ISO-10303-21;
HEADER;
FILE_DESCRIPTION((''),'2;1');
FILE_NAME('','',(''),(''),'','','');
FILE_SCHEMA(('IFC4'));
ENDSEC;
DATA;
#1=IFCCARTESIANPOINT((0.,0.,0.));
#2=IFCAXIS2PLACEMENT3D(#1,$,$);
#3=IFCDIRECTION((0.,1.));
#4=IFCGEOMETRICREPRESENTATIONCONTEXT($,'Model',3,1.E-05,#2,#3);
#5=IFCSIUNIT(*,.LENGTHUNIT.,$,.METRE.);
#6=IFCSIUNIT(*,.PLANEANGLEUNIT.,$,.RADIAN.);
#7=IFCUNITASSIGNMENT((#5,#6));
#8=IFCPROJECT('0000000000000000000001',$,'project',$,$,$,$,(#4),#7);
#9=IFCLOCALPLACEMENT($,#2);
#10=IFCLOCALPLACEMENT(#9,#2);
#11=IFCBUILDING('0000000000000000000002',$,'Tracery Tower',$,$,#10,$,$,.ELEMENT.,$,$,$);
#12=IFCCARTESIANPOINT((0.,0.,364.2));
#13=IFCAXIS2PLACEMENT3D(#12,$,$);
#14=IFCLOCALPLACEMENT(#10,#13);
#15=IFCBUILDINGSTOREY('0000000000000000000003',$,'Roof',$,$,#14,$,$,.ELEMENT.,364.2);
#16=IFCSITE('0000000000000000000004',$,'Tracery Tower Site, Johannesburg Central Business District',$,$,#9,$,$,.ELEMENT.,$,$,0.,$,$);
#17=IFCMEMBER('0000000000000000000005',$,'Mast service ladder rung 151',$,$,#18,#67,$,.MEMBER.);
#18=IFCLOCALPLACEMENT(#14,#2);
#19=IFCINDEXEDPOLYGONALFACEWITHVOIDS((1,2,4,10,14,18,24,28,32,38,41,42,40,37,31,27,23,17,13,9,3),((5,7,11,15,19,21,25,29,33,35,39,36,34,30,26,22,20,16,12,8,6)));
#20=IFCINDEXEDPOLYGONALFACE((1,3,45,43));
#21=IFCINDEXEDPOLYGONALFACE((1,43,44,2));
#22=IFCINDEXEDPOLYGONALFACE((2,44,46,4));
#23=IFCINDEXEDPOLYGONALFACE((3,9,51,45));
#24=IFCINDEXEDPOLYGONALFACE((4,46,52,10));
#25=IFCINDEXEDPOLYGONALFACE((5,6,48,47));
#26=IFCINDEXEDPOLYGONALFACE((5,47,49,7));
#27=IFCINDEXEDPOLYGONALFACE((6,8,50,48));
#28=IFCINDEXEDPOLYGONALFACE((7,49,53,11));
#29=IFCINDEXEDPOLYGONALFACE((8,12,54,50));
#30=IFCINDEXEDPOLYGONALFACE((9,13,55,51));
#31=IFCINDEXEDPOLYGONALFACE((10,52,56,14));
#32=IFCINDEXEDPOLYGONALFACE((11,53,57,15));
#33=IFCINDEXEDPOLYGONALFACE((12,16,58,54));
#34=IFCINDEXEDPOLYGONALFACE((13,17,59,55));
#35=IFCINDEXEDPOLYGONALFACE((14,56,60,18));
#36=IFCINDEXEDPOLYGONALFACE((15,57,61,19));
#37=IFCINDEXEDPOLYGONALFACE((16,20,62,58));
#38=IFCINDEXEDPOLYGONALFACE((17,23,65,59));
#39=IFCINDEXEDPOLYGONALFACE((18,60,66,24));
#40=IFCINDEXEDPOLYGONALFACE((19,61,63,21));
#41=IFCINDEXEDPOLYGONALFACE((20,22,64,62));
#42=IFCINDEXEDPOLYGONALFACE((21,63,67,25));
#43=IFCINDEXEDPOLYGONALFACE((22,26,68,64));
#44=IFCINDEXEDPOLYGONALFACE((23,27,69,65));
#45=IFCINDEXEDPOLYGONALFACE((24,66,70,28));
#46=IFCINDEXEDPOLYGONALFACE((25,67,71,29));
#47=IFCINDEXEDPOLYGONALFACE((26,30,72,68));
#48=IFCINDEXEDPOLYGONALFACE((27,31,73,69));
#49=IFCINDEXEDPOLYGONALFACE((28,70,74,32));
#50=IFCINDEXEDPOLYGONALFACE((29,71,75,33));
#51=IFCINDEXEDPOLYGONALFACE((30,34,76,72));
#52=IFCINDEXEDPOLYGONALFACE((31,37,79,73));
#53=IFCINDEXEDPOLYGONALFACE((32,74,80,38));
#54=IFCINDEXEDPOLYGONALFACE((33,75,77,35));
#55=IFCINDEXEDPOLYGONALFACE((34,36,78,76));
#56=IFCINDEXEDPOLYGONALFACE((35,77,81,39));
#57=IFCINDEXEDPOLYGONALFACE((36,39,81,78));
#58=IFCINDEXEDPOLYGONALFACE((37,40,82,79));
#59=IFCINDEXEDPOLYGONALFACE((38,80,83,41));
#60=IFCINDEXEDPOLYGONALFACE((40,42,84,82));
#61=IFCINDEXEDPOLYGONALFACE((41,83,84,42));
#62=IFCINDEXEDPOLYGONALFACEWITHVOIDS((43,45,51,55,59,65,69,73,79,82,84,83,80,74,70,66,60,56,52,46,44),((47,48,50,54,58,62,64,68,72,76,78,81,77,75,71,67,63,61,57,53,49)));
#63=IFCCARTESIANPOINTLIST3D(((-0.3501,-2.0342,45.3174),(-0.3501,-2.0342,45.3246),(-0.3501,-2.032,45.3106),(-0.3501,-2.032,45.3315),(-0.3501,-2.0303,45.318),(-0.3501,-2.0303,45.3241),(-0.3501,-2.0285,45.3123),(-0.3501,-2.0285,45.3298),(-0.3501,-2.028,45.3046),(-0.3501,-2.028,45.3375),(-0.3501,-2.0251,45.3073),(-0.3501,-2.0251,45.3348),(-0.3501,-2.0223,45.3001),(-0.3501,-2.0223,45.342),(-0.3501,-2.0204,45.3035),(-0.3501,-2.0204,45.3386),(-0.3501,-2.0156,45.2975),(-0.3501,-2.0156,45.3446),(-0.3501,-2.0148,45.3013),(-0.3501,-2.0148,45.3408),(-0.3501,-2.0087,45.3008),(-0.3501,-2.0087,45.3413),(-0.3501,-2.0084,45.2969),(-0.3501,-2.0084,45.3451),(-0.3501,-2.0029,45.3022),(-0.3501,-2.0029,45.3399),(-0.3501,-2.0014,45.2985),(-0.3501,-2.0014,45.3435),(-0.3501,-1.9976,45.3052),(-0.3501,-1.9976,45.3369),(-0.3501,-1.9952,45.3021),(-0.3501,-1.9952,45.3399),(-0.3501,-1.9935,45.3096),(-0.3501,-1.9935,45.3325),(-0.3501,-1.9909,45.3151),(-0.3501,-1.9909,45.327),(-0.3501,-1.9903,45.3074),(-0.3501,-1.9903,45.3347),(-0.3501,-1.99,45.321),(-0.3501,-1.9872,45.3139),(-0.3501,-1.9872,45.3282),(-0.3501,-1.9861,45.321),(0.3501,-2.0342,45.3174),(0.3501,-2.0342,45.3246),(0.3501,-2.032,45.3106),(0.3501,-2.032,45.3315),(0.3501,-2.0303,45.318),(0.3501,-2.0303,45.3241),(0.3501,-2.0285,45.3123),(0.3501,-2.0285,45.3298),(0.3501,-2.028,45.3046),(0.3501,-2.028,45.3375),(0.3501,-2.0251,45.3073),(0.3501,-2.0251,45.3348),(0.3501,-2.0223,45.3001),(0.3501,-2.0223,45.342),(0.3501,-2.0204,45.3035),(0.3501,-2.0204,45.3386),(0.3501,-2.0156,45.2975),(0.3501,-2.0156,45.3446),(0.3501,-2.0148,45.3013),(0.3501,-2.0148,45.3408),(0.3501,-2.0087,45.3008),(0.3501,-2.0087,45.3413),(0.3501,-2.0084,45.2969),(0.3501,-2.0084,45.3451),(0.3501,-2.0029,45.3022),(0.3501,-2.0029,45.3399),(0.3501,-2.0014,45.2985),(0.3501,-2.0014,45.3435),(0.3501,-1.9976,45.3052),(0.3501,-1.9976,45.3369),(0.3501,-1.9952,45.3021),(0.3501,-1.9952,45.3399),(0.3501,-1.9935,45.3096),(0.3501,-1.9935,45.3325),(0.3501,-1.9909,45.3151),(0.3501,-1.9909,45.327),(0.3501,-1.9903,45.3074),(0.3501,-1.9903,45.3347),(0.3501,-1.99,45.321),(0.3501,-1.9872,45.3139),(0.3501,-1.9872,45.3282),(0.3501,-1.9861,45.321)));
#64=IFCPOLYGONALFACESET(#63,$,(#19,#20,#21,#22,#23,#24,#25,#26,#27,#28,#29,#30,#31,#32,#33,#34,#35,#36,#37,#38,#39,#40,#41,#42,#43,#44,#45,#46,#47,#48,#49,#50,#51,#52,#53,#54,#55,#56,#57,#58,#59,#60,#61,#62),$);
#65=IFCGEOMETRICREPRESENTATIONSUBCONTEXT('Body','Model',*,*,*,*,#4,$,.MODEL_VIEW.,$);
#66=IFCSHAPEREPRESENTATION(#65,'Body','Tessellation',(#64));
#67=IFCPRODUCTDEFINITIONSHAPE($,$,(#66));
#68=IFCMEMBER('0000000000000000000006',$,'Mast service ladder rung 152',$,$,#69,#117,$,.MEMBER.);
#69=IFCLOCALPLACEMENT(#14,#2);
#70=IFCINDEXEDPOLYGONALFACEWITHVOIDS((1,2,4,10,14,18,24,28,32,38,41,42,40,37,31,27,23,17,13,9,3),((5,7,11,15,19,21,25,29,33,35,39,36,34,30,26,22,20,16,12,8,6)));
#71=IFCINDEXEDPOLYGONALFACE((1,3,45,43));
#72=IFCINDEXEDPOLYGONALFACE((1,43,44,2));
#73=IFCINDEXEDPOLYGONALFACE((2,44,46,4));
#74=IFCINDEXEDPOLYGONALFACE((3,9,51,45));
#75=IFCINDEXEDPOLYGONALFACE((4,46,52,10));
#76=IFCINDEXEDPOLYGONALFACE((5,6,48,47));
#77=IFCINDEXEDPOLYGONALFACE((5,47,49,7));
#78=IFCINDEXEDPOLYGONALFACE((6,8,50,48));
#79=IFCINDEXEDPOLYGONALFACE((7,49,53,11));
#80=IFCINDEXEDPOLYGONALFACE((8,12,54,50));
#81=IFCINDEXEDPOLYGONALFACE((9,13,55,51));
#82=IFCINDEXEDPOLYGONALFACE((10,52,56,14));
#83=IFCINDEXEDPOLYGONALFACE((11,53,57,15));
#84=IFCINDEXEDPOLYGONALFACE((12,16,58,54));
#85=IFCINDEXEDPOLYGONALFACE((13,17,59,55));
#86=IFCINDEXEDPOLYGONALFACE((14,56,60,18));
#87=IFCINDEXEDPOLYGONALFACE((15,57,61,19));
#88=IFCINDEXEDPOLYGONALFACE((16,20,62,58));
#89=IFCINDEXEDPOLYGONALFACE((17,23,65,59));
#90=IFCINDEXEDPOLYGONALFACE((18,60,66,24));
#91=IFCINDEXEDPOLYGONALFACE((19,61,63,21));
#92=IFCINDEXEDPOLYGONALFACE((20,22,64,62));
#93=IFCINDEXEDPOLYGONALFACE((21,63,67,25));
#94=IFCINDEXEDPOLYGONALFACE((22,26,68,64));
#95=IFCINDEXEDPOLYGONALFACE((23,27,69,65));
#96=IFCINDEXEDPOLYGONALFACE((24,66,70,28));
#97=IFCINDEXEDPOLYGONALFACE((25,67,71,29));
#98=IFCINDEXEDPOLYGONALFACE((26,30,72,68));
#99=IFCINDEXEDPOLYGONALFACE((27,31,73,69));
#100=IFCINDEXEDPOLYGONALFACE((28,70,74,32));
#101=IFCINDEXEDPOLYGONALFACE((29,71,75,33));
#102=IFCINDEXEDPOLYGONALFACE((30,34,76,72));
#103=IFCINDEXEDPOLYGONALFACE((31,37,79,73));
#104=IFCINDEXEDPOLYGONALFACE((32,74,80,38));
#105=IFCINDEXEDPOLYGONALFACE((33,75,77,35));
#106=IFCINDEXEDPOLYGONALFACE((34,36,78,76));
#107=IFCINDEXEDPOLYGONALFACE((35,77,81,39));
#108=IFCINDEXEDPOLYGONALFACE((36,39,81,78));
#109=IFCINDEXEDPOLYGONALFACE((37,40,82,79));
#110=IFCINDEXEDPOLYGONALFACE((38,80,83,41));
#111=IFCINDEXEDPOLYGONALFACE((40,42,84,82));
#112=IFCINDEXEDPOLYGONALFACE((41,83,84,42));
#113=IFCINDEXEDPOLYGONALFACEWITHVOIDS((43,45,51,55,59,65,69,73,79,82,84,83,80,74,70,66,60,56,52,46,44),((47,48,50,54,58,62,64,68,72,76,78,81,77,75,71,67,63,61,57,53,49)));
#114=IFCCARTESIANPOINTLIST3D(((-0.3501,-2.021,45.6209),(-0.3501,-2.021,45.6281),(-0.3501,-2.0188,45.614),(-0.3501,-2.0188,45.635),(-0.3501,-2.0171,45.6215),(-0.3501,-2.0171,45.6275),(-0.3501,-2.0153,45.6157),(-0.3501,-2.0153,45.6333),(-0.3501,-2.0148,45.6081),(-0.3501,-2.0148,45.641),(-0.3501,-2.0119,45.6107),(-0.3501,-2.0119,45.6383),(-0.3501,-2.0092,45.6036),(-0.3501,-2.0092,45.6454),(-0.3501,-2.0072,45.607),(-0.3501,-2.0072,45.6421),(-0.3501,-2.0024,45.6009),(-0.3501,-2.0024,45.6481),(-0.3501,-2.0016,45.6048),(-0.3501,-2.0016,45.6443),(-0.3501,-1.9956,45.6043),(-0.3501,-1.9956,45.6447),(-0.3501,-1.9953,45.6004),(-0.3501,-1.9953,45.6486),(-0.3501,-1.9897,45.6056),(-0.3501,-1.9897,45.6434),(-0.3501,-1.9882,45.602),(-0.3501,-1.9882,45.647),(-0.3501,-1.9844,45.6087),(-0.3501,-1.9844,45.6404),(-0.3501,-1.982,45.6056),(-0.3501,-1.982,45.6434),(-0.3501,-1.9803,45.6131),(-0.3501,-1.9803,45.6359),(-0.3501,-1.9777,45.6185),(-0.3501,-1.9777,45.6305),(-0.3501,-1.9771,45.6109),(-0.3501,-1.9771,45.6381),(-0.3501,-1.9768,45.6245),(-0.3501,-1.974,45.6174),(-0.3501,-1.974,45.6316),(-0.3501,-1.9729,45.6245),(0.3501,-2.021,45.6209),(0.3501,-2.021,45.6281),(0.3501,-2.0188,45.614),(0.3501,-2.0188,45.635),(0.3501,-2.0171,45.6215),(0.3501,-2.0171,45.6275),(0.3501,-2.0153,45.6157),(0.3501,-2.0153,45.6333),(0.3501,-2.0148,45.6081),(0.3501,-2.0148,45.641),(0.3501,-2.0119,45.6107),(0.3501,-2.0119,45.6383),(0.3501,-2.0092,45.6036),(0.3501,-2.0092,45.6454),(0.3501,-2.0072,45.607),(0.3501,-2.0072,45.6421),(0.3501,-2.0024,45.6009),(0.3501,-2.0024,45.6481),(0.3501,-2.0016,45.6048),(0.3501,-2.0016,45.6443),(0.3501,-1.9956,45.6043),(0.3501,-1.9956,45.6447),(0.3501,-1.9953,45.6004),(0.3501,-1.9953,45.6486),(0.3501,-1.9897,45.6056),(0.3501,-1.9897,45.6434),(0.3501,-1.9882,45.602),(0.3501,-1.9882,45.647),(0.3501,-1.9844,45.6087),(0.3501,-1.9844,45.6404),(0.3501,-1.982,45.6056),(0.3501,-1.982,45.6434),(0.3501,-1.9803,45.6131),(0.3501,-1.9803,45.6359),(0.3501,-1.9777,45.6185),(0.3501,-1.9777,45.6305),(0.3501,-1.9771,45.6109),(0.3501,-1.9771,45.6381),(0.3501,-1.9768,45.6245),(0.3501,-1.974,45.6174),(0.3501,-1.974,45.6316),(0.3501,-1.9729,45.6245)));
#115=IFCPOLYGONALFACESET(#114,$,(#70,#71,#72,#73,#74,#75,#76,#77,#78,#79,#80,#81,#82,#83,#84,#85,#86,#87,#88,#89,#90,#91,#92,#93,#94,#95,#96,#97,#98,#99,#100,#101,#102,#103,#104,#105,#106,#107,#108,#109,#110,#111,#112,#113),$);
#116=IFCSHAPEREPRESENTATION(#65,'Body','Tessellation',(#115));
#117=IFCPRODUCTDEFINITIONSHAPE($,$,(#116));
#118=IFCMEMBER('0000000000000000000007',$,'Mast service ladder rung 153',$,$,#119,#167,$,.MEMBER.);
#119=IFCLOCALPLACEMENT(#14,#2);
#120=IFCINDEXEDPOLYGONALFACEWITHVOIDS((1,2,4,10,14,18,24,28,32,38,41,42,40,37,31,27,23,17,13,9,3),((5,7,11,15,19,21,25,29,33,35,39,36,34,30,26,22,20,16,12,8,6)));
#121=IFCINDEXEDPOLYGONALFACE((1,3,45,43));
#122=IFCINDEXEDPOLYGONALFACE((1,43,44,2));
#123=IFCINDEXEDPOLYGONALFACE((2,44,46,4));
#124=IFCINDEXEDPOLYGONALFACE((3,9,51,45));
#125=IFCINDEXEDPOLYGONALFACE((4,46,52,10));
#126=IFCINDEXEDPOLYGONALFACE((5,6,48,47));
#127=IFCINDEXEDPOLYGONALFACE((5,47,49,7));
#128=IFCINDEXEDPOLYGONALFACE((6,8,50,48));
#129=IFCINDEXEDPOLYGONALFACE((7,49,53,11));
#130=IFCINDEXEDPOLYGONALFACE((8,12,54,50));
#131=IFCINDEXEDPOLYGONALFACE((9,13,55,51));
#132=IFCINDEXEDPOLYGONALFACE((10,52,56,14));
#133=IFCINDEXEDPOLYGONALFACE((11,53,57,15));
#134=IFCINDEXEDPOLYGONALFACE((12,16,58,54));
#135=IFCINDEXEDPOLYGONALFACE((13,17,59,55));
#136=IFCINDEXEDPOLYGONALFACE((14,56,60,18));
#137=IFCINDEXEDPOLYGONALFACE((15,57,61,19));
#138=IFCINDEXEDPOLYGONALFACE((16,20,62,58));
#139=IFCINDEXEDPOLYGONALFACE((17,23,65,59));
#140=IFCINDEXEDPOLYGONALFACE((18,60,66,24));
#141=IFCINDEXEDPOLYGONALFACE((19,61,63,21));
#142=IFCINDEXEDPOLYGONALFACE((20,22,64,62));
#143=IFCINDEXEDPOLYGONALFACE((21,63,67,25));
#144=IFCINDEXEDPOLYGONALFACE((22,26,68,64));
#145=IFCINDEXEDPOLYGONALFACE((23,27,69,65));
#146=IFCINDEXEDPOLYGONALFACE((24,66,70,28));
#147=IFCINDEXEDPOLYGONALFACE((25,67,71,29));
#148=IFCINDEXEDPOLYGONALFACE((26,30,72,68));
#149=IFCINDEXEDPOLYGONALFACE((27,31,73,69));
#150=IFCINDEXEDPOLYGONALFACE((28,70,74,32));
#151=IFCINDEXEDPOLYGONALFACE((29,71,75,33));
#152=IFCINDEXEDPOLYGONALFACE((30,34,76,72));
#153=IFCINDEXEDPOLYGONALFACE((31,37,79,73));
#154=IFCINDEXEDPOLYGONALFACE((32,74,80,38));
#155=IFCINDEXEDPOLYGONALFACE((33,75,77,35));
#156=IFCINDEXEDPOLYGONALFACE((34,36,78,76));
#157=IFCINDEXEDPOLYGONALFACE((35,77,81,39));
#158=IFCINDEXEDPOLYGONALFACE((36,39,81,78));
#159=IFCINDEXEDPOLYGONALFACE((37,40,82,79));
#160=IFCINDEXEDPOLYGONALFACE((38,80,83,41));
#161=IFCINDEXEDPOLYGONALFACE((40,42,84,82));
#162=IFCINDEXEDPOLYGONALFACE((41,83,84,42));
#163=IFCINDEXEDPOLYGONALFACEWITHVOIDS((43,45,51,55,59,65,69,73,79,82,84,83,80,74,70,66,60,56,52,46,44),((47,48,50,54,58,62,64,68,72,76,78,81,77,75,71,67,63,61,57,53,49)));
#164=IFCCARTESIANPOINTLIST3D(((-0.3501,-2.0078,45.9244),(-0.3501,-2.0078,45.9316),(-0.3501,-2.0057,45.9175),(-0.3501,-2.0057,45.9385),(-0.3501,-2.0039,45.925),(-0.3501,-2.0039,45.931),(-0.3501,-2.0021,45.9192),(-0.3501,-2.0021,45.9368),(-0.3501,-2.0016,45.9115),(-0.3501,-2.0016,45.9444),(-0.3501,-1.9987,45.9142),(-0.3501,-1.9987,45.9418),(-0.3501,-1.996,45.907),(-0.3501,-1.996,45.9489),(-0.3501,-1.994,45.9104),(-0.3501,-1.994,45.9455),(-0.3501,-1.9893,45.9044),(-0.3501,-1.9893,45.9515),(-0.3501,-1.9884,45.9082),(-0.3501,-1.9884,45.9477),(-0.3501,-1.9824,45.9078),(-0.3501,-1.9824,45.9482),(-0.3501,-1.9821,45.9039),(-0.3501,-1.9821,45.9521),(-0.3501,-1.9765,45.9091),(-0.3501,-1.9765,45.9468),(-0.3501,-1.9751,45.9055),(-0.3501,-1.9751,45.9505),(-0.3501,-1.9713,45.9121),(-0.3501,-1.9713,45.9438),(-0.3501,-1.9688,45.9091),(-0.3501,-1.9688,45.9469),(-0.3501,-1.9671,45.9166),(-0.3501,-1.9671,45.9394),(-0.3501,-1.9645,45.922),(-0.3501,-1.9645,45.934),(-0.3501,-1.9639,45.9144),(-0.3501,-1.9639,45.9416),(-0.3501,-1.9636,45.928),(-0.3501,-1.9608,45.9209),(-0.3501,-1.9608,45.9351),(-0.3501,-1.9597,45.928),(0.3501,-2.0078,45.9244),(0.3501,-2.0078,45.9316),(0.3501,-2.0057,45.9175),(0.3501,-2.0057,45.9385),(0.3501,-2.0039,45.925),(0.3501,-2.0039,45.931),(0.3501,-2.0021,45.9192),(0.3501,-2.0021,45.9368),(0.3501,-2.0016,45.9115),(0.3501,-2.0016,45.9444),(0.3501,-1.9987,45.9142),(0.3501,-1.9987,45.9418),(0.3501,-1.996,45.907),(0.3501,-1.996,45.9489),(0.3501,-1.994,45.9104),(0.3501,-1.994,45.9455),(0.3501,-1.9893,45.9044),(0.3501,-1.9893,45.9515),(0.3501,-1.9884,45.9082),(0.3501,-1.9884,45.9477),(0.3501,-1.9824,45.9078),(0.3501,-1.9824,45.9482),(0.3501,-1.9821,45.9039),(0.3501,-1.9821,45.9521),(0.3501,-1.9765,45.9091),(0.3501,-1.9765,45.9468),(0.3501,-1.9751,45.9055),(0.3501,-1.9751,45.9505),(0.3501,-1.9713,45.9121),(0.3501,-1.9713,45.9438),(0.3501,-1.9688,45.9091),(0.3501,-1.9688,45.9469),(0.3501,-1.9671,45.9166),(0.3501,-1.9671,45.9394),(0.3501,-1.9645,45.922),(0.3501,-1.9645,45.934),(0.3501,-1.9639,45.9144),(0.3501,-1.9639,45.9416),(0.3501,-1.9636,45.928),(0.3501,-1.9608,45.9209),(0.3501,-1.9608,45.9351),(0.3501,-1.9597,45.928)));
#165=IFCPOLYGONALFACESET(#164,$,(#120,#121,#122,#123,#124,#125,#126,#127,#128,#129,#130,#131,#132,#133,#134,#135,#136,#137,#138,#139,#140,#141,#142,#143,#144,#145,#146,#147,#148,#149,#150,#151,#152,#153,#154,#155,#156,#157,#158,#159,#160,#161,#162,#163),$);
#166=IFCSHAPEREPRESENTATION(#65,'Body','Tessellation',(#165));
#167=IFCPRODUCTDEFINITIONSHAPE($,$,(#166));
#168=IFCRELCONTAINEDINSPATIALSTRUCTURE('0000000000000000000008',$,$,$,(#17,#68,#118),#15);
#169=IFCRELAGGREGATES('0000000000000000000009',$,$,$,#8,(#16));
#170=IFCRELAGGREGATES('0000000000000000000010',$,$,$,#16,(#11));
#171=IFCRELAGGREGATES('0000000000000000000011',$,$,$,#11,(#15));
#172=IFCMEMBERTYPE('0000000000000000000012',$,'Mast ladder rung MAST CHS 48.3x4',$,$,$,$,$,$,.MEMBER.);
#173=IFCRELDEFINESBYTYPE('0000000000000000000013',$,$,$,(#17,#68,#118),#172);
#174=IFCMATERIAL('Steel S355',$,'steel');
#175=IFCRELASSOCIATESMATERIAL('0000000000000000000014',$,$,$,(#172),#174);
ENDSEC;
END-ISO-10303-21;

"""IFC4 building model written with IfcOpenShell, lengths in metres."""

from ifc_helpers import new_model, si_unit, direction, frame, origin, origin_2d, place, context, subcontext, project, spatial, hollow_circle, extrude, material, material_profile, profile_set, type_object, element, save


model = new_model("IFC4")

# Units and contexts
model_context = context("Model", 3, precision=1e-05, world=origin(), true_north=direction((0.0, 1.0)))
body_context = subcontext(model_context, "Body", "Model", "MODEL_VIEW")
ifc_project = project(units=[si_unit("LENGTHUNIT", "METRE"), si_unit("PLANEANGLEUNIT", "RADIAN")], contexts=[model_context])

# Site, building, storey
site_placement = place(None, origin())
site = spatial("IfcSite", under=ifc_project, at=site_placement, Name="Tracery Tower Site, Johannesburg Central Business District", CompositionType="ELEMENT", RefElevation=0.0)
building_placement = place(site_placement, origin())
building = spatial("IfcBuilding", under=site, at=building_placement, Name="Tracery Tower", CompositionType="ELEMENT")
storey_placement = place(building_placement, frame((0.0, 0.0, 364.2)))
storey = spatial("IfcBuildingStorey", under=building, at=storey_placement, Name="Roof", CompositionType="ELEMENT", Elevation=364.2)

# Members
ifc_material_1 = material(Name="Steel S355", Category="steel")
ifc_material_profile_1 = material_profile(ifc_material_1, hollow_circle(Radius=0.0242, WallThickness=0.0039, at=origin_2d()), Name="CHS 48.3x4")
ifc_profile_set_1 = profile_set([ifc_material_profile_1], Name="Steel S355")
member_type_1 = type_object("IfcMemberType", Name="Mast ladder rung MAST CHS 48.3x4", PredefinedType="MEMBER", material=ifc_profile_set_1)
for number, where, z_axis, x_axis, name in (
    (1, (-0.3501, -2.0103, 45.321), (1.0, 0.0, 0.0), (0.0, 1.0, 0.0), "Mast service ladder rung 151"),
    (2, (-0.3501, -1.9971, 45.6245), (1.0, 0.0, 0.0), (0.0, 1.0, 0.0), "Mast service ladder rung 152"),
    (3, (-0.3501, -1.9839, 45.928), (1.0, 0.0, 0.0), (0.0, 1.0, 0.0), "Mast service ladder rung 153"),
):
    element("IfcMember", number, at=place(storey_placement, frame(where, z_axis=z_axis, x_axis=x_axis)), inside=storey, type_object=member_type_1, Name=name, PredefinedType="MEMBER", context=body_context, shape_type="SweptSolid", body=[
        extrude(hollow_circle(Radius=0.0242, WallThickness=0.0039, at=origin_2d()), origin(), (0.0, 0.0, 1.0), 0.7002),
    ])

save(model, "model.ifc")
